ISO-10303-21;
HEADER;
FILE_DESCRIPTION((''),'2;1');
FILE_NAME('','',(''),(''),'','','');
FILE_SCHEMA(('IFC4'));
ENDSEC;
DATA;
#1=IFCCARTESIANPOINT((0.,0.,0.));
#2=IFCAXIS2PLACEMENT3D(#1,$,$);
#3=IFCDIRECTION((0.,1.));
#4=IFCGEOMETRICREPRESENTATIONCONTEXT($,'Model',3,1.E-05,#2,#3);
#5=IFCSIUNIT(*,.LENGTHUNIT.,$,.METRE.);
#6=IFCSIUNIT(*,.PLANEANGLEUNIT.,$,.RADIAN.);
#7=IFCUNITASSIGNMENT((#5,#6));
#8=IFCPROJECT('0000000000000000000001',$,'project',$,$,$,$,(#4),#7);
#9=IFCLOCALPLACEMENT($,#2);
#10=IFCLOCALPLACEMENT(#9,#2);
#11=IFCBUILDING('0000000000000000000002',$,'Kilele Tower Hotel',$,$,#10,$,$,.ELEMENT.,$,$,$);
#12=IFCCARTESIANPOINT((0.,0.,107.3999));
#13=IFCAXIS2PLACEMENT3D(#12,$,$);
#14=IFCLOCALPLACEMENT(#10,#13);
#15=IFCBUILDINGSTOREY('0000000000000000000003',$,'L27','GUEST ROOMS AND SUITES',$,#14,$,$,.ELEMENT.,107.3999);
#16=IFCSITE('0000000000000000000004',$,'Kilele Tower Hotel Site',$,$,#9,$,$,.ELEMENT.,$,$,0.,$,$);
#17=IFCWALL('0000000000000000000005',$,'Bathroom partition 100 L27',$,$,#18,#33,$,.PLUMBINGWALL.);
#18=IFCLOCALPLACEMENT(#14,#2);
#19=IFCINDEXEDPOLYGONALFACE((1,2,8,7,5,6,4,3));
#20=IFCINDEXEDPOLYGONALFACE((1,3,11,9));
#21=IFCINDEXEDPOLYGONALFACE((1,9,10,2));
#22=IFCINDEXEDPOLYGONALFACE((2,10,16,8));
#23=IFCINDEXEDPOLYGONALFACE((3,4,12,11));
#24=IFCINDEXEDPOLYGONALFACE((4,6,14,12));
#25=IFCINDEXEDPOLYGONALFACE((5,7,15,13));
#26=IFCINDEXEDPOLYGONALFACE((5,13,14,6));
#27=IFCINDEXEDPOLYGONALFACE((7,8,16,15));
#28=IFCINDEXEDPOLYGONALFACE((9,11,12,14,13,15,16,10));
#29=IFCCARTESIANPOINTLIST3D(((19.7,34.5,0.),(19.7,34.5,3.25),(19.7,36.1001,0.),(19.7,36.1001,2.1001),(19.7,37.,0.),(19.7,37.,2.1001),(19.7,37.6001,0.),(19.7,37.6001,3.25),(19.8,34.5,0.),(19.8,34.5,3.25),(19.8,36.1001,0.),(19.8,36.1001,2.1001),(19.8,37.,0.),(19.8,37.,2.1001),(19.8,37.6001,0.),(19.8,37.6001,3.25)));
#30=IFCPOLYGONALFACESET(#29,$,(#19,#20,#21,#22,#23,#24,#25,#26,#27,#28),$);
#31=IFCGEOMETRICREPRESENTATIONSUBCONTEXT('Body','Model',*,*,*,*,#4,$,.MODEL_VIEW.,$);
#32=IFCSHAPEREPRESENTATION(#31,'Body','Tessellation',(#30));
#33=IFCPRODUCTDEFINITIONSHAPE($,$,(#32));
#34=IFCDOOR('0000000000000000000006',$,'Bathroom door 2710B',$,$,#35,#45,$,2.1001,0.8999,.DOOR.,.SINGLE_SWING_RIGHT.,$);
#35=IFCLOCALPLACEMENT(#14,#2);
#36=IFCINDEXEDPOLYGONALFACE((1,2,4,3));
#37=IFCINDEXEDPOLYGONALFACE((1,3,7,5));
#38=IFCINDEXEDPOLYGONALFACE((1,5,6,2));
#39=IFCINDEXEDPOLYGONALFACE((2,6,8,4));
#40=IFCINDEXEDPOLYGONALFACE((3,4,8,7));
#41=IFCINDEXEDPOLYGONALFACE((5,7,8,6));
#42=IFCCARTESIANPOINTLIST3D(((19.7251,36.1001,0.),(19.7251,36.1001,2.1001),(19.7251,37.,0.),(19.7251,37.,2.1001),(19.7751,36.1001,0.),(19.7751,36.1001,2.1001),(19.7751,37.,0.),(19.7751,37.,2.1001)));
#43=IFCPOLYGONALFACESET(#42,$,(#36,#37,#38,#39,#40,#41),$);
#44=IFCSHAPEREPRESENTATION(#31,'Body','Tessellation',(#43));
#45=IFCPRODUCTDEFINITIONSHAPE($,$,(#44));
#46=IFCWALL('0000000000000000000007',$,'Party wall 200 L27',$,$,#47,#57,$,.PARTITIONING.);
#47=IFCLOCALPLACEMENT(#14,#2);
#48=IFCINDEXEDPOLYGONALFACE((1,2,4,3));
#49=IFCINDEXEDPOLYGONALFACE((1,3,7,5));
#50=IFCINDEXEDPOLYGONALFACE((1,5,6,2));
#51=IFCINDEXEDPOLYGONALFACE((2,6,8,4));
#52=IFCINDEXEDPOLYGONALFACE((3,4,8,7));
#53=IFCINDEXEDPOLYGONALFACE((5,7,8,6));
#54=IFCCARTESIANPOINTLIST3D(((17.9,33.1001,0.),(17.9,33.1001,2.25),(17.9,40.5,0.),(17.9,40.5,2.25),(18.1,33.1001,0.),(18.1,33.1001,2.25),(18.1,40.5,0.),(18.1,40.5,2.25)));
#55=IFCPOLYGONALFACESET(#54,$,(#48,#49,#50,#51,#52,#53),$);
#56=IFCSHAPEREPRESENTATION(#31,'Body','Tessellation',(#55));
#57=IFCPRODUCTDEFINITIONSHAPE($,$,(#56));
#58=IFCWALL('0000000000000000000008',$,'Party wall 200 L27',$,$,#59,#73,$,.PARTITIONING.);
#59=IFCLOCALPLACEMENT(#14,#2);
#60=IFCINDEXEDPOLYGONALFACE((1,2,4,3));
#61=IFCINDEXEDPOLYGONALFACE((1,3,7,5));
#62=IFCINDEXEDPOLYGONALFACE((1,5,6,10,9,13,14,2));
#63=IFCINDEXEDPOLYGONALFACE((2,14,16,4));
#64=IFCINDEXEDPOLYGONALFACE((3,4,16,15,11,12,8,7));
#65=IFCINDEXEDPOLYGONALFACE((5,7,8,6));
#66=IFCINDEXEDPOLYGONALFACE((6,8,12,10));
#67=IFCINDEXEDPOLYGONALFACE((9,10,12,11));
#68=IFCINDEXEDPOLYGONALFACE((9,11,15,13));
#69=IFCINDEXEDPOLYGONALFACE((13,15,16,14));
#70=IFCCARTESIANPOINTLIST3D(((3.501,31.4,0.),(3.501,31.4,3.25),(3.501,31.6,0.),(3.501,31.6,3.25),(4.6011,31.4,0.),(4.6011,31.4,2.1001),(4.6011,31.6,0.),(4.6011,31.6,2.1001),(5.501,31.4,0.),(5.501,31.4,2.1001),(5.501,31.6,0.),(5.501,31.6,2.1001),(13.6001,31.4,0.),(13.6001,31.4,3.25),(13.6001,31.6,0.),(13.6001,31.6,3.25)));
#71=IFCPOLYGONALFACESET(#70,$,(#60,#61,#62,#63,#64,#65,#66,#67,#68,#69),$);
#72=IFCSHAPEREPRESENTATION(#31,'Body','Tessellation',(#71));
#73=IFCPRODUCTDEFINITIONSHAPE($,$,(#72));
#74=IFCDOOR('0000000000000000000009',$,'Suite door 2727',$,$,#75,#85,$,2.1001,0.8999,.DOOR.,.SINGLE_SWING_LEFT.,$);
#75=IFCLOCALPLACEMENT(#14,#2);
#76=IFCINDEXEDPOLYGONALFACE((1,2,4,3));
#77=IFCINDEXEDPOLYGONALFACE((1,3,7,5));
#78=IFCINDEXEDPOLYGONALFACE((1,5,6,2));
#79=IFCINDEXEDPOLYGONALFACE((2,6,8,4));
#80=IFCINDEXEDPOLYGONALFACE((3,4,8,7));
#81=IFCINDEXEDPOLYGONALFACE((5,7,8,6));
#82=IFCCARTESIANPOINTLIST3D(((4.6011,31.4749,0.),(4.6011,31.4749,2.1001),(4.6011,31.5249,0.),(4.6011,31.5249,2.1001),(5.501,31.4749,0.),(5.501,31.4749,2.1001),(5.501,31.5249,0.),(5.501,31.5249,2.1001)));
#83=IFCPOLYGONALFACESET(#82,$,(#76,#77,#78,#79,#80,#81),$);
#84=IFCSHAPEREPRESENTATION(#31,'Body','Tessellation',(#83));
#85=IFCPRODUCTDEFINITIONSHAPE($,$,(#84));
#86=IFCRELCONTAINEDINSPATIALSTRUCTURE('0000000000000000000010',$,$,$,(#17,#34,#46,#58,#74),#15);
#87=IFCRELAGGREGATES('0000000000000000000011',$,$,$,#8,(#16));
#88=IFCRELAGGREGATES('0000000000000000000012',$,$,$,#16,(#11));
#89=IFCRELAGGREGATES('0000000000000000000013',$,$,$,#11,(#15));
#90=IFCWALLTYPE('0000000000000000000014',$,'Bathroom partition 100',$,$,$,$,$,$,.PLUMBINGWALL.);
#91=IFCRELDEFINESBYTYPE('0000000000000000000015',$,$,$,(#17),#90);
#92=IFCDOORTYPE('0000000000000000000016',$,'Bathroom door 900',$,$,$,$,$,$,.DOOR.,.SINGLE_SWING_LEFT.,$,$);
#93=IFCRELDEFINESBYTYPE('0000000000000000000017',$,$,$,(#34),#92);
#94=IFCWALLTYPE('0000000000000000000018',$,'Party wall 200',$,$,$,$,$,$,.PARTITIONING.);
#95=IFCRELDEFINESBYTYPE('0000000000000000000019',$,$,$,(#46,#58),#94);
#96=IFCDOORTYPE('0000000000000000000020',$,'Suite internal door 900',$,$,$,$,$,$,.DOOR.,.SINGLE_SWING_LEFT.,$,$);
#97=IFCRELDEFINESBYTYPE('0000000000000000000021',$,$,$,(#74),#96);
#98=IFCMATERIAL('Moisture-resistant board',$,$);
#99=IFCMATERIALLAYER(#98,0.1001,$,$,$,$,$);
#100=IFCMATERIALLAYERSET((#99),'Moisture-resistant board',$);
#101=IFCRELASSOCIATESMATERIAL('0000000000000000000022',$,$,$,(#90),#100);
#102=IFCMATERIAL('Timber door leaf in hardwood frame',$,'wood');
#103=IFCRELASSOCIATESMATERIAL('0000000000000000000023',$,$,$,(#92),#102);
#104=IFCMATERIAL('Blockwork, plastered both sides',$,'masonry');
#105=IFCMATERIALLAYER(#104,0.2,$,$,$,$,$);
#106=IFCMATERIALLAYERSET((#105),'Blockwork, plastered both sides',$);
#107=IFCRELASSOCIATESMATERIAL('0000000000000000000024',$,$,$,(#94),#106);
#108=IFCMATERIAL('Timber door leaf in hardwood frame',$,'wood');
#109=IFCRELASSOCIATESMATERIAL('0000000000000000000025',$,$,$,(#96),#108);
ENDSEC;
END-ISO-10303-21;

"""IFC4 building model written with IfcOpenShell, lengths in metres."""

from ifc_helpers import new_model, si_unit, direction, frame, frame_2d, origin, place, context, subcontext, project, spatial, rectangle, extrude, material, layer, layer_set, type_object, element, fill, save


model = new_model("IFC4")

# Units and contexts
model_context = context("Model", 3, precision=1e-05, world=origin(), true_north=direction((0.0, 1.0)))
body_context = subcontext(model_context, "Body", "Model", "MODEL_VIEW")
ifc_project = project(units=[si_unit("LENGTHUNIT", "METRE"), si_unit("PLANEANGLEUNIT", "RADIAN")], contexts=[model_context])

# Site, building, storey
site_placement = place(None, origin())
site = spatial("IfcSite", under=ifc_project, at=site_placement, Name="Kilele Tower Hotel Site", CompositionType="ELEMENT", RefElevation=0.0)
building_placement = place(site_placement, origin())
building = spatial("IfcBuilding", under=site, at=building_placement, Name="Kilele Tower Hotel", CompositionType="ELEMENT")
storey_placement = place(building_placement, frame((0.0, 0.0, 107.3999)))
storey = spatial("IfcBuildingStorey", under=building, at=storey_placement, Name="L27", Description="GUEST ROOMS AND SUITES", CompositionType="ELEMENT", Elevation=107.3999)

# Shared definitions
ifc_material_1 = material(Name="Moisture-resistant board")
ifc_layer_1 = layer(ifc_material_1, 0.1001)
ifc_layer_set_1 = layer_set([ifc_layer_1], Name="Moisture-resistant board")
wall_type_1 = type_object("IfcWallType", Name="Bathroom partition 100", PredefinedType="PLUMBINGWALL", material=ifc_layer_set_1)

# Shared definitions
ifc_material_2 = material(Name="Timber door leaf in hardwood frame", Category="wood")
door_type_1 = type_object("IfcDoorType", Name="Bathroom door 900", OperationType="SINGLE_SWING_LEFT", PredefinedType="DOOR", material=ifc_material_2)

# Wall, opening, door
wall_1_placement = place(storey_placement, frame((19.75, 34.5, 0.0), z_axis=(0.0, 0.0, 1.0), x_axis=(0.0, 1.0, 0.0)))
wall_1 = element("IfcWall", 1, at=wall_1_placement, inside=storey, type_object=wall_type_1, Name="Bathroom partition 100 L27", PredefinedType="PLUMBINGWALL", context=body_context, shape_type="SweptSolid", body=[
    extrude(rectangle(XDim=3.1001, YDim=0.1001, at=frame_2d((1.55, 0.0))), origin(), (0.0, 0.0, 1.0), 3.25),
])
opening_1_placement = place(wall_1_placement, frame((1.6001, 0.0, 0.0)))
opening_1 = element("IfcOpeningElement", 2, at=opening_1_placement, cuts=wall_1, PredefinedType="OPENING", context=body_context, shape_type="SweptSolid", body=[
    extrude(rectangle(XDim=0.8999, YDim=2.1001, at=frame_2d((0.45, 1.05))), frame((0.0, 0.0601, 0.0), z_axis=(0.0, -1.0, 0.0), x_axis=(1.0, 0.0, 0.0)), (0.0, 0.0, 1.0), 0.1201),
])
door_1_placement = place(opening_1_placement, origin())
door_1 = element("IfcDoor", 3, at=door_1_placement, inside=storey, type_object=door_type_1, Name="Bathroom door 2710B", OperationType="SINGLE_SWING_RIGHT", OverallHeight=2.1001, OverallWidth=0.8999, PredefinedType="DOOR", context=body_context, shape_type="SweptSolid", body=[
    extrude(rectangle(XDim=0.8999, YDim=2.1001, at=frame_2d((0.45, 1.05))), frame((0.0, 0.0249, 0.0), z_axis=(0.0, -1.0, 0.0), x_axis=(1.0, 0.0, 0.0)), (0.0, 0.0, 1.0), 0.05),
])
fill(opening_1, door_1)

# Wall
ifc_material_3 = material(Name="Blockwork, plastered both sides", Category="masonry")
ifc_layer_2 = layer(ifc_material_3, 0.2)
ifc_layer_set_2 = layer_set([ifc_layer_2], Name="Blockwork, plastered both sides")
wall_type_2 = type_object("IfcWallType", Name="Party wall 200", PredefinedType="PARTITIONING", material=ifc_layer_set_2)
wall_2_placement = place(storey_placement, frame((18.0, 33.1001, 0.0), z_axis=(0.0, 0.0, 1.0), x_axis=(0.0, 1.0, 0.0)))
element("IfcWall", 4, at=wall_2_placement, inside=storey, type_object=wall_type_2, Name="Party wall 200 L27", PredefinedType="PARTITIONING", context=body_context, shape_type="SweptSolid", body=[
    extrude(rectangle(XDim=7.3999, YDim=0.2, at=frame_2d((3.7, 0.0))), origin(), (0.0, 0.0, 1.0), 2.25),
])

# Wall, opening, door
wall_3_placement = place(storey_placement, frame((13.6001, 31.5, 0.0), z_axis=(0.0, 0.0, 1.0), x_axis=(-1.0, 0.0, 0.0)))
wall_3 = element("IfcWall", 5, at=wall_3_placement, inside=storey, type_object=wall_type_2, Name="Party wall 200 L27", PredefinedType="PARTITIONING", context=body_context, shape_type="SweptSolid", body=[
    extrude(rectangle(XDim=10.0991, YDim=0.2, at=frame_2d((5.0496, 0.0))), origin(), (0.0, 0.0, 1.0), 3.25),
])
opening_2_placement = place(wall_3_placement, frame((8.999, 0.0, 0.0), z_axis=(0.0, 0.0, 1.0), x_axis=(-1.0, 0.0, 0.0)))
opening_2 = element("IfcOpeningElement", 6, at=opening_2_placement, cuts=wall_3, PredefinedType="OPENING", context=body_context, shape_type="SweptSolid", body=[
    extrude(rectangle(XDim=0.8999, YDim=2.1001, at=frame_2d((0.45, 1.05))), frame((0.0, 0.1099, 0.0), z_axis=(0.0, -1.0, 0.0), x_axis=(1.0, 0.0, 0.0)), (0.0, 0.0, 1.0), 0.22),
])
ifc_material_4 = material(Name="Timber door leaf in hardwood frame", Category="wood")
door_type_2 = type_object("IfcDoorType", Name="Suite internal door 900", OperationType="SINGLE_SWING_LEFT", PredefinedType="DOOR", material=ifc_material_4)
door_2_placement = place(opening_2_placement, origin())
door_2 = element("IfcDoor", 7, at=door_2_placement, inside=storey, type_object=door_type_2, Name="Suite door 2727", OperationType="SINGLE_SWING_LEFT", OverallHeight=2.1001, OverallWidth=0.8999, PredefinedType="DOOR", context=body_context, shape_type="SweptSolid", body=[
    extrude(rectangle(XDim=0.8999, YDim=2.1001, at=frame_2d((0.45, 1.05))), frame((0.0, 0.0249, 0.0), z_axis=(0.0, -1.0, 0.0), x_axis=(1.0, 0.0, 0.0)), (0.0, 0.0, 1.0), 0.05),
])
fill(opening_2, door_2)

save(model, "model.ifc")
